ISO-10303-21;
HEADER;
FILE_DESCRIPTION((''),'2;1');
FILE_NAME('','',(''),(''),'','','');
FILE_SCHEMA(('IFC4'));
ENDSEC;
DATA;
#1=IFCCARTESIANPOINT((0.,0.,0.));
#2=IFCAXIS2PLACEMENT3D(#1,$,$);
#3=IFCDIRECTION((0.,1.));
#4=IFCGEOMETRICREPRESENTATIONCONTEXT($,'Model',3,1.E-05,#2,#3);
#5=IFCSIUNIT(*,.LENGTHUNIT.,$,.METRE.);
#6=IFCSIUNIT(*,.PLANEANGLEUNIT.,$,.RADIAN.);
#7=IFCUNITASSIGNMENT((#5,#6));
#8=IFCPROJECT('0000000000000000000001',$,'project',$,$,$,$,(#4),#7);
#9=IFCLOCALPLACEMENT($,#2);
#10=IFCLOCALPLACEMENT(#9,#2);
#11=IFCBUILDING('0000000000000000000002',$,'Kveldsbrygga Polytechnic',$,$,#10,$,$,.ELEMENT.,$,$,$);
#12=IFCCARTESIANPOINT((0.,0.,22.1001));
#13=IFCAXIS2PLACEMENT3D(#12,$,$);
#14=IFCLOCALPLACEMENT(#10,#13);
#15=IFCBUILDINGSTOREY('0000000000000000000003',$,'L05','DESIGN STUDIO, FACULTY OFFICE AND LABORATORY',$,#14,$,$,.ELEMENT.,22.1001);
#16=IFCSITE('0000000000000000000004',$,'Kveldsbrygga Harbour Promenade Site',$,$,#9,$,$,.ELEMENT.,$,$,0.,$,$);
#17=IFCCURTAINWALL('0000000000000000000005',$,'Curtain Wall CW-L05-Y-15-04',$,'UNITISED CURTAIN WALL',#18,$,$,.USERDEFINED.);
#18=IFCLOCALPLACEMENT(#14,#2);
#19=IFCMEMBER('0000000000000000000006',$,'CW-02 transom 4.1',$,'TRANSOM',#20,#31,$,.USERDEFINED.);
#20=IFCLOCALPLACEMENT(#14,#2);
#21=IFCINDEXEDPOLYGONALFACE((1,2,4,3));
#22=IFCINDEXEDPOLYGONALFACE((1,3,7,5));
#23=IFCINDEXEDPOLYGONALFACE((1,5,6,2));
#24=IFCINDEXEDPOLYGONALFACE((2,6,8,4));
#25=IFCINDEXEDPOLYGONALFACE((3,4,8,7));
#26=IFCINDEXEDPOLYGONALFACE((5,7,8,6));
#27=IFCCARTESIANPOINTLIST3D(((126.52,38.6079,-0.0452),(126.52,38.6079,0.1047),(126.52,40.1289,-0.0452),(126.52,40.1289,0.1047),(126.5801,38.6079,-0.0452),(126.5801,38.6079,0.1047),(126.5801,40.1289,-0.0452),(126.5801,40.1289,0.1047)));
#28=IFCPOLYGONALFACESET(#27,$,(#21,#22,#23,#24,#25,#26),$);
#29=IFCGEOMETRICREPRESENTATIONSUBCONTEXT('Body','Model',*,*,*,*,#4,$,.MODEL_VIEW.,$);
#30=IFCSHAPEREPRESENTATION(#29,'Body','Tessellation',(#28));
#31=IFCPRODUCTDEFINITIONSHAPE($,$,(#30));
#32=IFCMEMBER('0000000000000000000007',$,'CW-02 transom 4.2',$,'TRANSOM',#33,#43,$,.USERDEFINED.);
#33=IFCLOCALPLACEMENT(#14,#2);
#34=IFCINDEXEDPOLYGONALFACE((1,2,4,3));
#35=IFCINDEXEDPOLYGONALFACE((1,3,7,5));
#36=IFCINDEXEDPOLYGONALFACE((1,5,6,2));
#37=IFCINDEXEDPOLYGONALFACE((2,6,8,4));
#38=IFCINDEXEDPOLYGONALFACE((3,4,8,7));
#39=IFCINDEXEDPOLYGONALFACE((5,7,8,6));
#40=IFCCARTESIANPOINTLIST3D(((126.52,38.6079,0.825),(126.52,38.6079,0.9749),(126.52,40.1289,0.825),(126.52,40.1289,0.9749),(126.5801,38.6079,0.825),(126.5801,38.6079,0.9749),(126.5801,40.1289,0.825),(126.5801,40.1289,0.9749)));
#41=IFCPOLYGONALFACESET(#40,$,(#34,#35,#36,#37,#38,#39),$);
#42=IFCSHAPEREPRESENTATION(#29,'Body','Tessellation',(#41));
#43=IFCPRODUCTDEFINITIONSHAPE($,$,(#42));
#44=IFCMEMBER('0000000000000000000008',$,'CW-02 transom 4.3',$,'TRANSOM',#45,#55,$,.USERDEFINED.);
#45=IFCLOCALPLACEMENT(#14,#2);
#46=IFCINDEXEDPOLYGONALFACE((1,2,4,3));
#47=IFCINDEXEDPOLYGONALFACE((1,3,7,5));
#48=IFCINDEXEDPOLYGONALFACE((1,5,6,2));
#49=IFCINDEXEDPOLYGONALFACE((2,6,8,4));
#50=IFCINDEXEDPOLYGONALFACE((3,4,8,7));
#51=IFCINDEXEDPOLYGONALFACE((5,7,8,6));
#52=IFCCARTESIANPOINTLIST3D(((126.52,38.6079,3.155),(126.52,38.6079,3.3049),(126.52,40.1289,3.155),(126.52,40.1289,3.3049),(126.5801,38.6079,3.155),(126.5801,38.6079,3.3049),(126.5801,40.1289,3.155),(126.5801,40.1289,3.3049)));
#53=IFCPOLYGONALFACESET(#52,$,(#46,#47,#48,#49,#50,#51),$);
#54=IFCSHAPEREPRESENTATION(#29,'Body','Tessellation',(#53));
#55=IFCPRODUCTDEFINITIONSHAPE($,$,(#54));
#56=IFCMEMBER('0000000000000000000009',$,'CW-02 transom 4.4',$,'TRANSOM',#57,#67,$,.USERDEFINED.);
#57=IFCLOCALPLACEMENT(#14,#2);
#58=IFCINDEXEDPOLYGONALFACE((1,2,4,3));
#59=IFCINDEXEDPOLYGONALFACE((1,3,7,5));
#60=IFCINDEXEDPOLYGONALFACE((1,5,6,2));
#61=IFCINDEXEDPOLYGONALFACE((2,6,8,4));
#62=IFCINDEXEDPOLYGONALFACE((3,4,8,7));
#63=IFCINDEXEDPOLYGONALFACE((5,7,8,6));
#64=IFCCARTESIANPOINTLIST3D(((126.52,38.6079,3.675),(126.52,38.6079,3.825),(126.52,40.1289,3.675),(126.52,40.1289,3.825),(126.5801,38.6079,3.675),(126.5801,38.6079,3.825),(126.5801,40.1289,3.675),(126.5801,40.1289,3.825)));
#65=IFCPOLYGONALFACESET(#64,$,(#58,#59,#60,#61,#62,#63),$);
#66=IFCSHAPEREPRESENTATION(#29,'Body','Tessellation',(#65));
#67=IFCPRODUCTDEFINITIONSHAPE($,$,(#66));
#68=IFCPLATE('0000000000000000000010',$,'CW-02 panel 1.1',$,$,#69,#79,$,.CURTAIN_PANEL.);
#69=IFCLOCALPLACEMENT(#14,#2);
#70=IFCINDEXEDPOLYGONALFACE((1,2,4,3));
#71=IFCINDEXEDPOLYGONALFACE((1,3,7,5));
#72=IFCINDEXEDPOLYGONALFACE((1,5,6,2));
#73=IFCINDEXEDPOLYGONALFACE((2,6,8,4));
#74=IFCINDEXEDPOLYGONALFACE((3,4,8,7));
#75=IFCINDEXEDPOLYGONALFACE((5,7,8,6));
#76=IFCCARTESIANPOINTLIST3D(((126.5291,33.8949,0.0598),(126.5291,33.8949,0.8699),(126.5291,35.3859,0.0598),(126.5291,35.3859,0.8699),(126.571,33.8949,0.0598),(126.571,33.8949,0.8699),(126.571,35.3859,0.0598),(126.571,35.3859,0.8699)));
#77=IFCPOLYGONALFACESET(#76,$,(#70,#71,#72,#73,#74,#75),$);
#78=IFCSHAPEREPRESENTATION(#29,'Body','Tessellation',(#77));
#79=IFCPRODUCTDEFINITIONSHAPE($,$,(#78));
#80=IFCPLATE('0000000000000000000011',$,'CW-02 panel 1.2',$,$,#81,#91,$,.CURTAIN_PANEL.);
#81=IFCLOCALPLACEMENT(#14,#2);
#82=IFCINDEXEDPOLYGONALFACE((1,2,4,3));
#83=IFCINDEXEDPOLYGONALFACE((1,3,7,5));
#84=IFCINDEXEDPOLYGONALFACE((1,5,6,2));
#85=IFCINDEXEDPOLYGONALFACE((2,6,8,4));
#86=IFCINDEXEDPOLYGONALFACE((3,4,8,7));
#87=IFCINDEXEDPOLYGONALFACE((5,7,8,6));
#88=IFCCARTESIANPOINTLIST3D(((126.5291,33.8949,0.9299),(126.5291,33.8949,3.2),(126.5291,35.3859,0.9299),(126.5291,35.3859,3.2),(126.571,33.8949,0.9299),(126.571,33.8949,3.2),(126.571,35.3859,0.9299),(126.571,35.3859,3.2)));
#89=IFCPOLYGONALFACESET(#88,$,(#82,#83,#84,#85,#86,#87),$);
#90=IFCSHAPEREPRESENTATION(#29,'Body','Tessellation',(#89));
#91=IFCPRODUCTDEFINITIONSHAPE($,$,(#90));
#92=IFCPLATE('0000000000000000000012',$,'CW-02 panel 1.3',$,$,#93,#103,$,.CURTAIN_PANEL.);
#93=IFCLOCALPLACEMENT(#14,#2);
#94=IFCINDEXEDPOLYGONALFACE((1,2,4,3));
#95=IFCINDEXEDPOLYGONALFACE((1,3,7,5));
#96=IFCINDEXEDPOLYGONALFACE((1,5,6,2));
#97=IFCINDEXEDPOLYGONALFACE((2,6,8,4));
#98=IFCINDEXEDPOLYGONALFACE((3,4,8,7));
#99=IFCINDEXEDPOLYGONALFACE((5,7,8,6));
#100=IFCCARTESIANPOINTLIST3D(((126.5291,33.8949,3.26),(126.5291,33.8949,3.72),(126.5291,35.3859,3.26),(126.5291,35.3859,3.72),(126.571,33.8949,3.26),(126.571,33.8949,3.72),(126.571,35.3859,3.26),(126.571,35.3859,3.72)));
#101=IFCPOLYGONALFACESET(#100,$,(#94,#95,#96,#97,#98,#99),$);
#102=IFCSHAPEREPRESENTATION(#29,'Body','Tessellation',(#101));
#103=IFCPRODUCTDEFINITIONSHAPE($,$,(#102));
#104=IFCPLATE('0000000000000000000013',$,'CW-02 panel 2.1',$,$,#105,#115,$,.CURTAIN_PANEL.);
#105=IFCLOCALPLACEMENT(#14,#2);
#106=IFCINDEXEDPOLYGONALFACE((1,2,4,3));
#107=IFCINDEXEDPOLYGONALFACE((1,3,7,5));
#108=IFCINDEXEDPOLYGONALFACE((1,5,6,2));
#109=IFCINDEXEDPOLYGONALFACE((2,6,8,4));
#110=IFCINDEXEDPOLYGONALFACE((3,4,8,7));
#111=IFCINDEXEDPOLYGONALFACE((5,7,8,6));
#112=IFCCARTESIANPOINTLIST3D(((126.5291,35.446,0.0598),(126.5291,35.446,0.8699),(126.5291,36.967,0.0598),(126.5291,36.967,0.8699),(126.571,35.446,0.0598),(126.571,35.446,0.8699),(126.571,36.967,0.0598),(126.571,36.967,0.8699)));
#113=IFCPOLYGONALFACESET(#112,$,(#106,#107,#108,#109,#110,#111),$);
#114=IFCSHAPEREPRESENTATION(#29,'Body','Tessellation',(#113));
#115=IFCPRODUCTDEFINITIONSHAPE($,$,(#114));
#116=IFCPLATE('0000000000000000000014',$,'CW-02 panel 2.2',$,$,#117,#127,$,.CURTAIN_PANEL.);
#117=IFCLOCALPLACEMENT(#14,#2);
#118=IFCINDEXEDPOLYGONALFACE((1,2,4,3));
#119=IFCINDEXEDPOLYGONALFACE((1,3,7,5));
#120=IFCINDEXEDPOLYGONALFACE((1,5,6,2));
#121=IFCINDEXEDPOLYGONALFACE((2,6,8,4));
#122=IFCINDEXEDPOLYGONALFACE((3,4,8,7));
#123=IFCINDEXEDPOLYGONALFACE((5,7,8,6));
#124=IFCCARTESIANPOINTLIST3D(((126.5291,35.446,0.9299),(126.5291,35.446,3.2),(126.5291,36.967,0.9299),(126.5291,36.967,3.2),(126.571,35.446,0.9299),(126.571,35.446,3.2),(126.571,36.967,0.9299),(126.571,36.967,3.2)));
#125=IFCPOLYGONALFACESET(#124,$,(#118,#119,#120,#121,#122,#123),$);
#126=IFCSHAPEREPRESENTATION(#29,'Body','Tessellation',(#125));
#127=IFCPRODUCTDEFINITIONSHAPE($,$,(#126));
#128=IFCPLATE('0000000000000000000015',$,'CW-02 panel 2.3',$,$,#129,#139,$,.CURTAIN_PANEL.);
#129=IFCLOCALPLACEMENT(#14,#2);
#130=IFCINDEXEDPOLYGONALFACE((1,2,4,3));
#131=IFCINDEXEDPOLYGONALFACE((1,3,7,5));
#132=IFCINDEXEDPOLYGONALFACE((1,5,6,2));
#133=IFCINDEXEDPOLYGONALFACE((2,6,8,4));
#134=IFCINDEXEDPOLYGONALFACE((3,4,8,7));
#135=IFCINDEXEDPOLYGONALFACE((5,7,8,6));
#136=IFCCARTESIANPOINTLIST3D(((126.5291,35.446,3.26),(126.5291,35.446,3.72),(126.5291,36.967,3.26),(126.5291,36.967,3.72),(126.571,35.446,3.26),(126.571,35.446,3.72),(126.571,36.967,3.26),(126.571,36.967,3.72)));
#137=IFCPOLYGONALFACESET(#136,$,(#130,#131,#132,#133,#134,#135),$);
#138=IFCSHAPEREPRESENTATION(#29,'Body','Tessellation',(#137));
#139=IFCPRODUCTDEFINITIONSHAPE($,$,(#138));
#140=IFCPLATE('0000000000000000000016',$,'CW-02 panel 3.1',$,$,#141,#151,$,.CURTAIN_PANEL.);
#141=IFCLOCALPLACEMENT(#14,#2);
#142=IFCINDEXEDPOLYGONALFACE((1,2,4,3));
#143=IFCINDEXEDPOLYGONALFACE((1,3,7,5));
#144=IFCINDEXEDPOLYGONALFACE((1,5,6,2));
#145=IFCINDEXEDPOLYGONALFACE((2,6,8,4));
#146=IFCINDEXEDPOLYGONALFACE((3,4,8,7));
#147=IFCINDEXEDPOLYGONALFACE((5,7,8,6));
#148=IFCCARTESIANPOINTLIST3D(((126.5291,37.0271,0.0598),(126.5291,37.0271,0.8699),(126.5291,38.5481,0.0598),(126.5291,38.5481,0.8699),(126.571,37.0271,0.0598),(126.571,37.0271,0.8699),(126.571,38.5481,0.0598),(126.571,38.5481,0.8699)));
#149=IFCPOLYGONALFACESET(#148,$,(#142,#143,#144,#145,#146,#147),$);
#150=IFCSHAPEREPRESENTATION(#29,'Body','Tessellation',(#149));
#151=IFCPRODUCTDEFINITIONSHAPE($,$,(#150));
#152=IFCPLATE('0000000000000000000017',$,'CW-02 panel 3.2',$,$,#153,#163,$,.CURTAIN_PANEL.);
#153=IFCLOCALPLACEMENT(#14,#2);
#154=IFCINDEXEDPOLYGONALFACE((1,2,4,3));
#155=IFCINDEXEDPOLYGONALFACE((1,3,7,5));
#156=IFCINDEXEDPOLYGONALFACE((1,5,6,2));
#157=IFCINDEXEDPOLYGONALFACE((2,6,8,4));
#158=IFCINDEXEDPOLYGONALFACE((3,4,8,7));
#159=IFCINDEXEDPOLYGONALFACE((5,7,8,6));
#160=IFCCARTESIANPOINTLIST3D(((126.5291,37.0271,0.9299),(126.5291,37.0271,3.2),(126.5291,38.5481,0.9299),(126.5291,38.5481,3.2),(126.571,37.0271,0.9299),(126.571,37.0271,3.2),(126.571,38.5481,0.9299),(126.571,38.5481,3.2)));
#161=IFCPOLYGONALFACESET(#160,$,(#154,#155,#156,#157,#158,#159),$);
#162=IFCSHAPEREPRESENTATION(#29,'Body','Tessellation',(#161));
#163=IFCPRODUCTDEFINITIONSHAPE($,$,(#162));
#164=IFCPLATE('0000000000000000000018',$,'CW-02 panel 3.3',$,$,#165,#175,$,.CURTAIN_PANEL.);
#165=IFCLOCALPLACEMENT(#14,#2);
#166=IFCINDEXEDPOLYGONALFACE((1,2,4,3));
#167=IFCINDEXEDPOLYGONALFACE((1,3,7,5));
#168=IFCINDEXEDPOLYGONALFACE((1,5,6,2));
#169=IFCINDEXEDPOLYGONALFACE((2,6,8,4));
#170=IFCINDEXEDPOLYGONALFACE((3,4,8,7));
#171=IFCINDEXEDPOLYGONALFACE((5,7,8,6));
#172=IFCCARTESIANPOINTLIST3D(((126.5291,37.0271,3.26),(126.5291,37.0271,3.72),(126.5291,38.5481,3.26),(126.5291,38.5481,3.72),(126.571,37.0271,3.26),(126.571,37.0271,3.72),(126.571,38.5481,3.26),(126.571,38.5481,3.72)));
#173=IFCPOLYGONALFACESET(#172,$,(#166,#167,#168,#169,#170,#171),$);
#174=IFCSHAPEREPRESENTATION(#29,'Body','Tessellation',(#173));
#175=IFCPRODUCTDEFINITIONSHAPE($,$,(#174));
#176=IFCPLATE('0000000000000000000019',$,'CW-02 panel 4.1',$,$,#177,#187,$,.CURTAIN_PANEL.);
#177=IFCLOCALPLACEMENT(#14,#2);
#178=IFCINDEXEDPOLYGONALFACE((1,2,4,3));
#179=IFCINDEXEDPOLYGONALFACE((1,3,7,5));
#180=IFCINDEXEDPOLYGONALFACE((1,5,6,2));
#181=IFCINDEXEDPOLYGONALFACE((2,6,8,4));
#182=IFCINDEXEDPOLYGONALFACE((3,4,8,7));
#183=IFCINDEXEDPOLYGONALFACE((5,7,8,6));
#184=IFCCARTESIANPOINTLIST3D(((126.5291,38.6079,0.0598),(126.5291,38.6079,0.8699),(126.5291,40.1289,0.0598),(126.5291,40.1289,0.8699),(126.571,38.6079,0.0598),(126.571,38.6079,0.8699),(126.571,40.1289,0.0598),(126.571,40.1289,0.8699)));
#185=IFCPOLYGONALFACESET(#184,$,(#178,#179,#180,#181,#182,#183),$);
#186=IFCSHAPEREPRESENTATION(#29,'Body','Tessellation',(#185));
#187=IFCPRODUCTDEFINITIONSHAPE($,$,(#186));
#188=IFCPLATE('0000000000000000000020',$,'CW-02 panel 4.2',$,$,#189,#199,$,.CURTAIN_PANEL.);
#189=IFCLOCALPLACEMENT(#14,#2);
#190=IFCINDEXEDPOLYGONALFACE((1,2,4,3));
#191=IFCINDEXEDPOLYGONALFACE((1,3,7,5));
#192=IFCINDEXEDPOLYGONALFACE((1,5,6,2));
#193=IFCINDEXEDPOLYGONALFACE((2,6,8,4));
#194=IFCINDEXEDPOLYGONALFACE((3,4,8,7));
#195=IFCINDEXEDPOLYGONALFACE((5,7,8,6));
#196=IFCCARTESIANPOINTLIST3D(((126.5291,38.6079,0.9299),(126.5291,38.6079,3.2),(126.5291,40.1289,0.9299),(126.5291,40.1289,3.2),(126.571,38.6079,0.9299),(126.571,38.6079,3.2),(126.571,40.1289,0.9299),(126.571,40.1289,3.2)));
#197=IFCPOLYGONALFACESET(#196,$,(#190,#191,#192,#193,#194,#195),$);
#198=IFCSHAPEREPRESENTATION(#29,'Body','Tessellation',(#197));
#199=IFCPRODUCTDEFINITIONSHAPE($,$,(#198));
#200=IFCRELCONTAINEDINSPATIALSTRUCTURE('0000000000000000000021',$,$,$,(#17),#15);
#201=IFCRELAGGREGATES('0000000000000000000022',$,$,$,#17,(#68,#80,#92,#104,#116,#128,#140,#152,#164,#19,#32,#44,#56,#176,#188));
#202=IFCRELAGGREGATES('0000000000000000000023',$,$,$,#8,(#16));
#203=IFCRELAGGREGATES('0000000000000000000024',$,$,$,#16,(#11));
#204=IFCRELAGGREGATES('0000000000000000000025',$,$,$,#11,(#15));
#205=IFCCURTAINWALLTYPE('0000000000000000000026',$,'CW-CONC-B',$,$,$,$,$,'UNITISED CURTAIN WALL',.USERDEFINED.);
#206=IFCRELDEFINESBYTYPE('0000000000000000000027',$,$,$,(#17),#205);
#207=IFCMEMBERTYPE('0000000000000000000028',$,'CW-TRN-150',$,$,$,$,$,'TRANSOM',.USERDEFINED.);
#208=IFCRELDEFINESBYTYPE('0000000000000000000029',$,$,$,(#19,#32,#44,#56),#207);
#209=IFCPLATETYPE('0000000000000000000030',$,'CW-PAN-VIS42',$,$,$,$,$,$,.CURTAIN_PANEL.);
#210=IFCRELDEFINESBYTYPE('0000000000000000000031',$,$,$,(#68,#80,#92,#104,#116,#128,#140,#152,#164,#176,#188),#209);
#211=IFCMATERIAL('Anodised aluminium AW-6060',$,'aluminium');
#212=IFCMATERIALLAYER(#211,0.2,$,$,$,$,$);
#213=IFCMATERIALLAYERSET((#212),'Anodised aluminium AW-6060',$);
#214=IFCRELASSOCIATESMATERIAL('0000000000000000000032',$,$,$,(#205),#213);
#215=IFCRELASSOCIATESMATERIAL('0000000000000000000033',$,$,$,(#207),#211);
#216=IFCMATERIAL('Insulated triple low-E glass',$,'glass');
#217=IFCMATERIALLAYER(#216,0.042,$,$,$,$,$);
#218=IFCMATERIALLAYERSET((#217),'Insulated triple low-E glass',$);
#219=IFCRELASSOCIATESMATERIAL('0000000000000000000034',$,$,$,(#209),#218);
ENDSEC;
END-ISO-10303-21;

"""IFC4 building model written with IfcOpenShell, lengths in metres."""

from ifc_helpers import new_model, si_unit, direction, frame, origin, origin_2d, place, context, subcontext, project, spatial, rectangle, extrude, material, layer, layer_set, material_profile, profile_set, type_object, element, aggregate, save


model = new_model("IFC4")

# Units and contexts
model_context = context("Model", 3, precision=1e-05, world=origin(), true_north=direction((0.0, 1.0)))
body_context = subcontext(model_context, "Body", "Model", "MODEL_VIEW")
ifc_project = project(units=[si_unit("LENGTHUNIT", "METRE"), si_unit("PLANEANGLEUNIT", "RADIAN")], contexts=[model_context])

# Site, building, storey
site_placement = place(None, origin())
site = spatial("IfcSite", under=ifc_project, at=site_placement, Name="Kveldsbrygga Harbour Promenade Site", CompositionType="ELEMENT", RefElevation=0.0)
building_placement = place(site_placement, origin())
building = spatial("IfcBuilding", under=site, at=building_placement, Name="Kveldsbrygga Polytechnic", CompositionType="ELEMENT")
storey_placement = place(building_placement, frame((0.0, 0.0, 22.1001)))
storey = spatial("IfcBuildingStorey", under=building, at=storey_placement, Name="L05", Description="DESIGN STUDIO, FACULTY OFFICE AND LABORATORY", CompositionType="ELEMENT", Elevation=22.1001)

# Curtain wall, members, plates
ifc_material_1 = material(Name="Anodised aluminium AW-6060", Category="aluminium")
ifc_layer_1 = layer(ifc_material_1, 0.2)
ifc_layer_set_1 = layer_set([ifc_layer_1], Name="Anodised aluminium AW-6060")
curtain_wall_type = type_object("IfcCurtainWallType", Name="CW-CONC-B", ElementType="UNITISED CURTAIN WALL", PredefinedType="USERDEFINED", material=ifc_layer_set_1)
curtain_wall_placement = place(storey_placement, origin())
curtain_wall = element("IfcCurtainWall", 1, at=curtain_wall_placement, inside=storey, type_object=curtain_wall_type, Name="Curtain Wall CW-L05-Y-15-04", ObjectType="UNITISED CURTAIN WALL", PredefinedType="USERDEFINED")
ifc_material_profile_1 = material_profile(ifc_material_1, rectangle(XDim=0.0601, YDim=0.1499, at=origin_2d()), Name="ALU 60x150")
ifc_profile_set_1 = profile_set([ifc_material_profile_1], Name="Anodised aluminium AW-6060")
member_type_1 = type_object("IfcMemberType", Name="CW-TRN-150", ElementType="TRANSOM", PredefinedType="USERDEFINED", material=ifc_profile_set_1)
member_1_placement = place(storey_placement, frame((126.55, 38.6079, 0.0298), z_axis=(0.0, 1.0, 0.0), x_axis=(-1.0, 0.0, 0.0)))
member_1 = element("IfcMember", 2, at=member_1_placement, type_object=member_type_1, Name="CW-02 transom 4.1", ObjectType="TRANSOM", PredefinedType="USERDEFINED", context=body_context, shape_type="SweptSolid", body=[
    extrude(rectangle(XDim=0.0601, YDim=0.1499, at=origin_2d()), origin(), (0.0, 0.0, 1.0), 1.521),
])
member_2_placement = place(storey_placement, frame((126.55, 38.6079, 0.8999), z_axis=(0.0, 1.0, 0.0), x_axis=(-1.0, 0.0, 0.0)))
member_2 = element("IfcMember", 3, at=member_2_placement, type_object=member_type_1, Name="CW-02 transom 4.2", ObjectType="TRANSOM", PredefinedType="USERDEFINED", context=body_context, shape_type="SweptSolid", body=[
    extrude(rectangle(XDim=0.0601, YDim=0.1499, at=origin_2d()), origin(), (0.0, 0.0, 1.0), 1.521),
])
member_3_placement = place(storey_placement, frame((126.55, 38.6079, 3.23), z_axis=(0.0, 1.0, 0.0), x_axis=(-1.0, 0.0, 0.0)))
member_3 = element("IfcMember", 4, at=member_3_placement, type_object=member_type_1, Name="CW-02 transom 4.3", ObjectType="TRANSOM", PredefinedType="USERDEFINED", context=body_context, shape_type="SweptSolid", body=[
    extrude(rectangle(XDim=0.0601, YDim=0.1499, at=origin_2d()), origin(), (0.0, 0.0, 1.0), 1.521),
])
member_4_placement = place(storey_placement, frame((126.55, 38.6079, 3.75), z_axis=(0.0, 1.0, 0.0), x_axis=(-1.0, 0.0, 0.0)))
member_4 = element("IfcMember", 5, at=member_4_placement, type_object=member_type_1, Name="CW-02 transom 4.4", ObjectType="TRANSOM", PredefinedType="USERDEFINED", context=body_context, shape_type="SweptSolid", body=[
    extrude(rectangle(XDim=0.0601, YDim=0.1499, at=origin_2d()), origin(), (0.0, 0.0, 1.0), 1.521),
])
ifc_material_2 = material(Name="Insulated triple low-E glass", Category="glass")
ifc_layer_2 = layer(ifc_material_2, 0.042)
ifc_layer_set_2 = layer_set([ifc_layer_2], Name="Insulated triple low-E glass")
plate_type = type_object("IfcPlateType", Name="CW-PAN-VIS42", PredefinedType="CURTAIN_PANEL", material=ifc_layer_set_2)
plate_1_placement = place(storey_placement, frame((126.55, 34.6404, 0.0598), z_axis=(0.0, 0.0, 1.0), x_axis=(0.0, 1.0, 0.0)))
plate_1 = element("IfcPlate", 6, at=plate_1_placement, type_object=plate_type, Name="CW-02 panel 1.1", PredefinedType="CURTAIN_PANEL", context=body_context, shape_type="SweptSolid", body=[
    extrude(rectangle(XDim=1.491, YDim=0.042, at=origin_2d()), origin(), (0.0, 0.0, 1.0), 0.8101),
])
plate_2_placement = place(storey_placement, frame((126.55, 34.6404, 0.9299), z_axis=(0.0, 0.0, 1.0), x_axis=(0.0, 1.0, 0.0)))
plate_2 = element("IfcPlate", 7, at=plate_2_placement, type_object=plate_type, Name="CW-02 panel 1.2", PredefinedType="CURTAIN_PANEL", context=body_context, shape_type="SweptSolid", body=[
    extrude(rectangle(XDim=1.491, YDim=0.042, at=origin_2d()), origin(), (0.0, 0.0, 1.0), 2.27),
])
plate_3_placement = place(storey_placement, frame((126.55, 34.6404, 3.26), z_axis=(0.0, 0.0, 1.0), x_axis=(0.0, 1.0, 0.0)))
plate_3 = element("IfcPlate", 8, at=plate_3_placement, type_object=plate_type, Name="CW-02 panel 1.3", PredefinedType="CURTAIN_PANEL", context=body_context, shape_type="SweptSolid", body=[
    extrude(rectangle(XDim=1.491, YDim=0.042, at=origin_2d()), origin(), (0.0, 0.0, 1.0), 0.46),
])
plate_4_placement = place(storey_placement, frame((126.55, 36.2065, 0.0598), z_axis=(0.0, 0.0, 1.0), x_axis=(0.0, 1.0, 0.0)))
plate_4 = element("IfcPlate", 9, at=plate_4_placement, type_object=plate_type, Name="CW-02 panel 2.1", PredefinedType="CURTAIN_PANEL", context=body_context, shape_type="SweptSolid", body=[
    extrude(rectangle(XDim=1.521, YDim=0.042, at=origin_2d()), origin(), (0.0, 0.0, 1.0), 0.8101),
])
plate_5_placement = place(storey_placement, frame((126.55, 36.2065, 0.9299), z_axis=(0.0, 0.0, 1.0), x_axis=(0.0, 1.0, 0.0)))
plate_5 = element("IfcPlate", 10, at=plate_5_placement, type_object=plate_type, Name="CW-02 panel 2.2", PredefinedType="CURTAIN_PANEL", context=body_context, shape_type="SweptSolid", body=[
    extrude(rectangle(XDim=1.521, YDim=0.042, at=origin_2d()), origin(), (0.0, 0.0, 1.0), 2.27),
])
plate_6_placement = place(storey_placement, frame((126.55, 36.2065, 3.26), z_axis=(0.0, 0.0, 1.0), x_axis=(0.0, 1.0, 0.0)))
plate_6 = element("IfcPlate", 11, at=plate_6_placement, type_object=plate_type, Name="CW-02 panel 2.3", PredefinedType="CURTAIN_PANEL", context=body_context, shape_type="SweptSolid", body=[
    extrude(rectangle(XDim=1.521, YDim=0.042, at=origin_2d()), origin(), (0.0, 0.0, 1.0), 0.46),
])
plate_7_placement = place(storey_placement, frame((126.55, 37.7876, 0.0598), z_axis=(0.0, 0.0, 1.0), x_axis=(0.0, 1.0, 0.0)))
plate_7 = element("IfcPlate", 12, at=plate_7_placement, type_object=plate_type, Name="CW-02 panel 3.1", PredefinedType="CURTAIN_PANEL", context=body_context, shape_type="SweptSolid", body=[
    extrude(rectangle(XDim=1.521, YDim=0.042, at=origin_2d()), origin(), (0.0, 0.0, 1.0), 0.8101),
])
plate_8_placement = place(storey_placement, frame((126.55, 37.7876, 0.9299), z_axis=(0.0, 0.0, 1.0), x_axis=(0.0, 1.0, 0.0)))
plate_8 = element("IfcPlate", 13, at=plate_8_placement, type_object=plate_type, Name="CW-02 panel 3.2", PredefinedType="CURTAIN_PANEL", context=body_context, shape_type="SweptSolid", body=[
    extrude(rectangle(XDim=1.521, YDim=0.042, at=origin_2d()), origin(), (0.0, 0.0, 1.0), 2.27),
])
plate_9_placement = place(storey_placement, frame((126.55, 37.7876, 3.26), z_axis=(0.0, 0.0, 1.0), x_axis=(0.0, 1.0, 0.0)))
plate_9 = element("IfcPlate", 14, at=plate_9_placement, type_object=plate_type, Name="CW-02 panel 3.3", PredefinedType="CURTAIN_PANEL", context=body_context, shape_type="SweptSolid", body=[
    extrude(rectangle(XDim=1.521, YDim=0.042, at=origin_2d()), origin(), (0.0, 0.0, 1.0), 0.46),
])
plate_10_placement = place(storey_placement, frame((126.55, 39.3684, 0.0598), z_axis=(0.0, 0.0, 1.0), x_axis=(0.0, 1.0, 0.0)))
plate_10 = element("IfcPlate", 15, at=plate_10_placement, type_object=plate_type, Name="CW-02 panel 4.1", PredefinedType="CURTAIN_PANEL", context=body_context, shape_type="SweptSolid", body=[
    extrude(rectangle(XDim=1.521, YDim=0.042, at=origin_2d()), origin(), (0.0, 0.0, 1.0), 0.8101),
])
plate_11_placement = place(storey_placement, frame((126.55, 39.3684, 0.9299), z_axis=(0.0, 0.0, 1.0), x_axis=(0.0, 1.0, 0.0)))
plate_11 = element("IfcPlate", 16, at=plate_11_placement, type_object=plate_type, Name="CW-02 panel 4.2", PredefinedType="CURTAIN_PANEL", context=body_context, shape_type="SweptSolid", body=[
    extrude(rectangle(XDim=1.521, YDim=0.042, at=origin_2d()), origin(), (0.0, 0.0, 1.0), 2.27),
])
aggregate(curtain_wall, [plate_1, plate_2, plate_3, plate_4, plate_5, plate_6, plate_7, plate_8, plate_9, member_1, member_2, member_3, member_4, plate_10, plate_11])

save(model, "model.ifc")
